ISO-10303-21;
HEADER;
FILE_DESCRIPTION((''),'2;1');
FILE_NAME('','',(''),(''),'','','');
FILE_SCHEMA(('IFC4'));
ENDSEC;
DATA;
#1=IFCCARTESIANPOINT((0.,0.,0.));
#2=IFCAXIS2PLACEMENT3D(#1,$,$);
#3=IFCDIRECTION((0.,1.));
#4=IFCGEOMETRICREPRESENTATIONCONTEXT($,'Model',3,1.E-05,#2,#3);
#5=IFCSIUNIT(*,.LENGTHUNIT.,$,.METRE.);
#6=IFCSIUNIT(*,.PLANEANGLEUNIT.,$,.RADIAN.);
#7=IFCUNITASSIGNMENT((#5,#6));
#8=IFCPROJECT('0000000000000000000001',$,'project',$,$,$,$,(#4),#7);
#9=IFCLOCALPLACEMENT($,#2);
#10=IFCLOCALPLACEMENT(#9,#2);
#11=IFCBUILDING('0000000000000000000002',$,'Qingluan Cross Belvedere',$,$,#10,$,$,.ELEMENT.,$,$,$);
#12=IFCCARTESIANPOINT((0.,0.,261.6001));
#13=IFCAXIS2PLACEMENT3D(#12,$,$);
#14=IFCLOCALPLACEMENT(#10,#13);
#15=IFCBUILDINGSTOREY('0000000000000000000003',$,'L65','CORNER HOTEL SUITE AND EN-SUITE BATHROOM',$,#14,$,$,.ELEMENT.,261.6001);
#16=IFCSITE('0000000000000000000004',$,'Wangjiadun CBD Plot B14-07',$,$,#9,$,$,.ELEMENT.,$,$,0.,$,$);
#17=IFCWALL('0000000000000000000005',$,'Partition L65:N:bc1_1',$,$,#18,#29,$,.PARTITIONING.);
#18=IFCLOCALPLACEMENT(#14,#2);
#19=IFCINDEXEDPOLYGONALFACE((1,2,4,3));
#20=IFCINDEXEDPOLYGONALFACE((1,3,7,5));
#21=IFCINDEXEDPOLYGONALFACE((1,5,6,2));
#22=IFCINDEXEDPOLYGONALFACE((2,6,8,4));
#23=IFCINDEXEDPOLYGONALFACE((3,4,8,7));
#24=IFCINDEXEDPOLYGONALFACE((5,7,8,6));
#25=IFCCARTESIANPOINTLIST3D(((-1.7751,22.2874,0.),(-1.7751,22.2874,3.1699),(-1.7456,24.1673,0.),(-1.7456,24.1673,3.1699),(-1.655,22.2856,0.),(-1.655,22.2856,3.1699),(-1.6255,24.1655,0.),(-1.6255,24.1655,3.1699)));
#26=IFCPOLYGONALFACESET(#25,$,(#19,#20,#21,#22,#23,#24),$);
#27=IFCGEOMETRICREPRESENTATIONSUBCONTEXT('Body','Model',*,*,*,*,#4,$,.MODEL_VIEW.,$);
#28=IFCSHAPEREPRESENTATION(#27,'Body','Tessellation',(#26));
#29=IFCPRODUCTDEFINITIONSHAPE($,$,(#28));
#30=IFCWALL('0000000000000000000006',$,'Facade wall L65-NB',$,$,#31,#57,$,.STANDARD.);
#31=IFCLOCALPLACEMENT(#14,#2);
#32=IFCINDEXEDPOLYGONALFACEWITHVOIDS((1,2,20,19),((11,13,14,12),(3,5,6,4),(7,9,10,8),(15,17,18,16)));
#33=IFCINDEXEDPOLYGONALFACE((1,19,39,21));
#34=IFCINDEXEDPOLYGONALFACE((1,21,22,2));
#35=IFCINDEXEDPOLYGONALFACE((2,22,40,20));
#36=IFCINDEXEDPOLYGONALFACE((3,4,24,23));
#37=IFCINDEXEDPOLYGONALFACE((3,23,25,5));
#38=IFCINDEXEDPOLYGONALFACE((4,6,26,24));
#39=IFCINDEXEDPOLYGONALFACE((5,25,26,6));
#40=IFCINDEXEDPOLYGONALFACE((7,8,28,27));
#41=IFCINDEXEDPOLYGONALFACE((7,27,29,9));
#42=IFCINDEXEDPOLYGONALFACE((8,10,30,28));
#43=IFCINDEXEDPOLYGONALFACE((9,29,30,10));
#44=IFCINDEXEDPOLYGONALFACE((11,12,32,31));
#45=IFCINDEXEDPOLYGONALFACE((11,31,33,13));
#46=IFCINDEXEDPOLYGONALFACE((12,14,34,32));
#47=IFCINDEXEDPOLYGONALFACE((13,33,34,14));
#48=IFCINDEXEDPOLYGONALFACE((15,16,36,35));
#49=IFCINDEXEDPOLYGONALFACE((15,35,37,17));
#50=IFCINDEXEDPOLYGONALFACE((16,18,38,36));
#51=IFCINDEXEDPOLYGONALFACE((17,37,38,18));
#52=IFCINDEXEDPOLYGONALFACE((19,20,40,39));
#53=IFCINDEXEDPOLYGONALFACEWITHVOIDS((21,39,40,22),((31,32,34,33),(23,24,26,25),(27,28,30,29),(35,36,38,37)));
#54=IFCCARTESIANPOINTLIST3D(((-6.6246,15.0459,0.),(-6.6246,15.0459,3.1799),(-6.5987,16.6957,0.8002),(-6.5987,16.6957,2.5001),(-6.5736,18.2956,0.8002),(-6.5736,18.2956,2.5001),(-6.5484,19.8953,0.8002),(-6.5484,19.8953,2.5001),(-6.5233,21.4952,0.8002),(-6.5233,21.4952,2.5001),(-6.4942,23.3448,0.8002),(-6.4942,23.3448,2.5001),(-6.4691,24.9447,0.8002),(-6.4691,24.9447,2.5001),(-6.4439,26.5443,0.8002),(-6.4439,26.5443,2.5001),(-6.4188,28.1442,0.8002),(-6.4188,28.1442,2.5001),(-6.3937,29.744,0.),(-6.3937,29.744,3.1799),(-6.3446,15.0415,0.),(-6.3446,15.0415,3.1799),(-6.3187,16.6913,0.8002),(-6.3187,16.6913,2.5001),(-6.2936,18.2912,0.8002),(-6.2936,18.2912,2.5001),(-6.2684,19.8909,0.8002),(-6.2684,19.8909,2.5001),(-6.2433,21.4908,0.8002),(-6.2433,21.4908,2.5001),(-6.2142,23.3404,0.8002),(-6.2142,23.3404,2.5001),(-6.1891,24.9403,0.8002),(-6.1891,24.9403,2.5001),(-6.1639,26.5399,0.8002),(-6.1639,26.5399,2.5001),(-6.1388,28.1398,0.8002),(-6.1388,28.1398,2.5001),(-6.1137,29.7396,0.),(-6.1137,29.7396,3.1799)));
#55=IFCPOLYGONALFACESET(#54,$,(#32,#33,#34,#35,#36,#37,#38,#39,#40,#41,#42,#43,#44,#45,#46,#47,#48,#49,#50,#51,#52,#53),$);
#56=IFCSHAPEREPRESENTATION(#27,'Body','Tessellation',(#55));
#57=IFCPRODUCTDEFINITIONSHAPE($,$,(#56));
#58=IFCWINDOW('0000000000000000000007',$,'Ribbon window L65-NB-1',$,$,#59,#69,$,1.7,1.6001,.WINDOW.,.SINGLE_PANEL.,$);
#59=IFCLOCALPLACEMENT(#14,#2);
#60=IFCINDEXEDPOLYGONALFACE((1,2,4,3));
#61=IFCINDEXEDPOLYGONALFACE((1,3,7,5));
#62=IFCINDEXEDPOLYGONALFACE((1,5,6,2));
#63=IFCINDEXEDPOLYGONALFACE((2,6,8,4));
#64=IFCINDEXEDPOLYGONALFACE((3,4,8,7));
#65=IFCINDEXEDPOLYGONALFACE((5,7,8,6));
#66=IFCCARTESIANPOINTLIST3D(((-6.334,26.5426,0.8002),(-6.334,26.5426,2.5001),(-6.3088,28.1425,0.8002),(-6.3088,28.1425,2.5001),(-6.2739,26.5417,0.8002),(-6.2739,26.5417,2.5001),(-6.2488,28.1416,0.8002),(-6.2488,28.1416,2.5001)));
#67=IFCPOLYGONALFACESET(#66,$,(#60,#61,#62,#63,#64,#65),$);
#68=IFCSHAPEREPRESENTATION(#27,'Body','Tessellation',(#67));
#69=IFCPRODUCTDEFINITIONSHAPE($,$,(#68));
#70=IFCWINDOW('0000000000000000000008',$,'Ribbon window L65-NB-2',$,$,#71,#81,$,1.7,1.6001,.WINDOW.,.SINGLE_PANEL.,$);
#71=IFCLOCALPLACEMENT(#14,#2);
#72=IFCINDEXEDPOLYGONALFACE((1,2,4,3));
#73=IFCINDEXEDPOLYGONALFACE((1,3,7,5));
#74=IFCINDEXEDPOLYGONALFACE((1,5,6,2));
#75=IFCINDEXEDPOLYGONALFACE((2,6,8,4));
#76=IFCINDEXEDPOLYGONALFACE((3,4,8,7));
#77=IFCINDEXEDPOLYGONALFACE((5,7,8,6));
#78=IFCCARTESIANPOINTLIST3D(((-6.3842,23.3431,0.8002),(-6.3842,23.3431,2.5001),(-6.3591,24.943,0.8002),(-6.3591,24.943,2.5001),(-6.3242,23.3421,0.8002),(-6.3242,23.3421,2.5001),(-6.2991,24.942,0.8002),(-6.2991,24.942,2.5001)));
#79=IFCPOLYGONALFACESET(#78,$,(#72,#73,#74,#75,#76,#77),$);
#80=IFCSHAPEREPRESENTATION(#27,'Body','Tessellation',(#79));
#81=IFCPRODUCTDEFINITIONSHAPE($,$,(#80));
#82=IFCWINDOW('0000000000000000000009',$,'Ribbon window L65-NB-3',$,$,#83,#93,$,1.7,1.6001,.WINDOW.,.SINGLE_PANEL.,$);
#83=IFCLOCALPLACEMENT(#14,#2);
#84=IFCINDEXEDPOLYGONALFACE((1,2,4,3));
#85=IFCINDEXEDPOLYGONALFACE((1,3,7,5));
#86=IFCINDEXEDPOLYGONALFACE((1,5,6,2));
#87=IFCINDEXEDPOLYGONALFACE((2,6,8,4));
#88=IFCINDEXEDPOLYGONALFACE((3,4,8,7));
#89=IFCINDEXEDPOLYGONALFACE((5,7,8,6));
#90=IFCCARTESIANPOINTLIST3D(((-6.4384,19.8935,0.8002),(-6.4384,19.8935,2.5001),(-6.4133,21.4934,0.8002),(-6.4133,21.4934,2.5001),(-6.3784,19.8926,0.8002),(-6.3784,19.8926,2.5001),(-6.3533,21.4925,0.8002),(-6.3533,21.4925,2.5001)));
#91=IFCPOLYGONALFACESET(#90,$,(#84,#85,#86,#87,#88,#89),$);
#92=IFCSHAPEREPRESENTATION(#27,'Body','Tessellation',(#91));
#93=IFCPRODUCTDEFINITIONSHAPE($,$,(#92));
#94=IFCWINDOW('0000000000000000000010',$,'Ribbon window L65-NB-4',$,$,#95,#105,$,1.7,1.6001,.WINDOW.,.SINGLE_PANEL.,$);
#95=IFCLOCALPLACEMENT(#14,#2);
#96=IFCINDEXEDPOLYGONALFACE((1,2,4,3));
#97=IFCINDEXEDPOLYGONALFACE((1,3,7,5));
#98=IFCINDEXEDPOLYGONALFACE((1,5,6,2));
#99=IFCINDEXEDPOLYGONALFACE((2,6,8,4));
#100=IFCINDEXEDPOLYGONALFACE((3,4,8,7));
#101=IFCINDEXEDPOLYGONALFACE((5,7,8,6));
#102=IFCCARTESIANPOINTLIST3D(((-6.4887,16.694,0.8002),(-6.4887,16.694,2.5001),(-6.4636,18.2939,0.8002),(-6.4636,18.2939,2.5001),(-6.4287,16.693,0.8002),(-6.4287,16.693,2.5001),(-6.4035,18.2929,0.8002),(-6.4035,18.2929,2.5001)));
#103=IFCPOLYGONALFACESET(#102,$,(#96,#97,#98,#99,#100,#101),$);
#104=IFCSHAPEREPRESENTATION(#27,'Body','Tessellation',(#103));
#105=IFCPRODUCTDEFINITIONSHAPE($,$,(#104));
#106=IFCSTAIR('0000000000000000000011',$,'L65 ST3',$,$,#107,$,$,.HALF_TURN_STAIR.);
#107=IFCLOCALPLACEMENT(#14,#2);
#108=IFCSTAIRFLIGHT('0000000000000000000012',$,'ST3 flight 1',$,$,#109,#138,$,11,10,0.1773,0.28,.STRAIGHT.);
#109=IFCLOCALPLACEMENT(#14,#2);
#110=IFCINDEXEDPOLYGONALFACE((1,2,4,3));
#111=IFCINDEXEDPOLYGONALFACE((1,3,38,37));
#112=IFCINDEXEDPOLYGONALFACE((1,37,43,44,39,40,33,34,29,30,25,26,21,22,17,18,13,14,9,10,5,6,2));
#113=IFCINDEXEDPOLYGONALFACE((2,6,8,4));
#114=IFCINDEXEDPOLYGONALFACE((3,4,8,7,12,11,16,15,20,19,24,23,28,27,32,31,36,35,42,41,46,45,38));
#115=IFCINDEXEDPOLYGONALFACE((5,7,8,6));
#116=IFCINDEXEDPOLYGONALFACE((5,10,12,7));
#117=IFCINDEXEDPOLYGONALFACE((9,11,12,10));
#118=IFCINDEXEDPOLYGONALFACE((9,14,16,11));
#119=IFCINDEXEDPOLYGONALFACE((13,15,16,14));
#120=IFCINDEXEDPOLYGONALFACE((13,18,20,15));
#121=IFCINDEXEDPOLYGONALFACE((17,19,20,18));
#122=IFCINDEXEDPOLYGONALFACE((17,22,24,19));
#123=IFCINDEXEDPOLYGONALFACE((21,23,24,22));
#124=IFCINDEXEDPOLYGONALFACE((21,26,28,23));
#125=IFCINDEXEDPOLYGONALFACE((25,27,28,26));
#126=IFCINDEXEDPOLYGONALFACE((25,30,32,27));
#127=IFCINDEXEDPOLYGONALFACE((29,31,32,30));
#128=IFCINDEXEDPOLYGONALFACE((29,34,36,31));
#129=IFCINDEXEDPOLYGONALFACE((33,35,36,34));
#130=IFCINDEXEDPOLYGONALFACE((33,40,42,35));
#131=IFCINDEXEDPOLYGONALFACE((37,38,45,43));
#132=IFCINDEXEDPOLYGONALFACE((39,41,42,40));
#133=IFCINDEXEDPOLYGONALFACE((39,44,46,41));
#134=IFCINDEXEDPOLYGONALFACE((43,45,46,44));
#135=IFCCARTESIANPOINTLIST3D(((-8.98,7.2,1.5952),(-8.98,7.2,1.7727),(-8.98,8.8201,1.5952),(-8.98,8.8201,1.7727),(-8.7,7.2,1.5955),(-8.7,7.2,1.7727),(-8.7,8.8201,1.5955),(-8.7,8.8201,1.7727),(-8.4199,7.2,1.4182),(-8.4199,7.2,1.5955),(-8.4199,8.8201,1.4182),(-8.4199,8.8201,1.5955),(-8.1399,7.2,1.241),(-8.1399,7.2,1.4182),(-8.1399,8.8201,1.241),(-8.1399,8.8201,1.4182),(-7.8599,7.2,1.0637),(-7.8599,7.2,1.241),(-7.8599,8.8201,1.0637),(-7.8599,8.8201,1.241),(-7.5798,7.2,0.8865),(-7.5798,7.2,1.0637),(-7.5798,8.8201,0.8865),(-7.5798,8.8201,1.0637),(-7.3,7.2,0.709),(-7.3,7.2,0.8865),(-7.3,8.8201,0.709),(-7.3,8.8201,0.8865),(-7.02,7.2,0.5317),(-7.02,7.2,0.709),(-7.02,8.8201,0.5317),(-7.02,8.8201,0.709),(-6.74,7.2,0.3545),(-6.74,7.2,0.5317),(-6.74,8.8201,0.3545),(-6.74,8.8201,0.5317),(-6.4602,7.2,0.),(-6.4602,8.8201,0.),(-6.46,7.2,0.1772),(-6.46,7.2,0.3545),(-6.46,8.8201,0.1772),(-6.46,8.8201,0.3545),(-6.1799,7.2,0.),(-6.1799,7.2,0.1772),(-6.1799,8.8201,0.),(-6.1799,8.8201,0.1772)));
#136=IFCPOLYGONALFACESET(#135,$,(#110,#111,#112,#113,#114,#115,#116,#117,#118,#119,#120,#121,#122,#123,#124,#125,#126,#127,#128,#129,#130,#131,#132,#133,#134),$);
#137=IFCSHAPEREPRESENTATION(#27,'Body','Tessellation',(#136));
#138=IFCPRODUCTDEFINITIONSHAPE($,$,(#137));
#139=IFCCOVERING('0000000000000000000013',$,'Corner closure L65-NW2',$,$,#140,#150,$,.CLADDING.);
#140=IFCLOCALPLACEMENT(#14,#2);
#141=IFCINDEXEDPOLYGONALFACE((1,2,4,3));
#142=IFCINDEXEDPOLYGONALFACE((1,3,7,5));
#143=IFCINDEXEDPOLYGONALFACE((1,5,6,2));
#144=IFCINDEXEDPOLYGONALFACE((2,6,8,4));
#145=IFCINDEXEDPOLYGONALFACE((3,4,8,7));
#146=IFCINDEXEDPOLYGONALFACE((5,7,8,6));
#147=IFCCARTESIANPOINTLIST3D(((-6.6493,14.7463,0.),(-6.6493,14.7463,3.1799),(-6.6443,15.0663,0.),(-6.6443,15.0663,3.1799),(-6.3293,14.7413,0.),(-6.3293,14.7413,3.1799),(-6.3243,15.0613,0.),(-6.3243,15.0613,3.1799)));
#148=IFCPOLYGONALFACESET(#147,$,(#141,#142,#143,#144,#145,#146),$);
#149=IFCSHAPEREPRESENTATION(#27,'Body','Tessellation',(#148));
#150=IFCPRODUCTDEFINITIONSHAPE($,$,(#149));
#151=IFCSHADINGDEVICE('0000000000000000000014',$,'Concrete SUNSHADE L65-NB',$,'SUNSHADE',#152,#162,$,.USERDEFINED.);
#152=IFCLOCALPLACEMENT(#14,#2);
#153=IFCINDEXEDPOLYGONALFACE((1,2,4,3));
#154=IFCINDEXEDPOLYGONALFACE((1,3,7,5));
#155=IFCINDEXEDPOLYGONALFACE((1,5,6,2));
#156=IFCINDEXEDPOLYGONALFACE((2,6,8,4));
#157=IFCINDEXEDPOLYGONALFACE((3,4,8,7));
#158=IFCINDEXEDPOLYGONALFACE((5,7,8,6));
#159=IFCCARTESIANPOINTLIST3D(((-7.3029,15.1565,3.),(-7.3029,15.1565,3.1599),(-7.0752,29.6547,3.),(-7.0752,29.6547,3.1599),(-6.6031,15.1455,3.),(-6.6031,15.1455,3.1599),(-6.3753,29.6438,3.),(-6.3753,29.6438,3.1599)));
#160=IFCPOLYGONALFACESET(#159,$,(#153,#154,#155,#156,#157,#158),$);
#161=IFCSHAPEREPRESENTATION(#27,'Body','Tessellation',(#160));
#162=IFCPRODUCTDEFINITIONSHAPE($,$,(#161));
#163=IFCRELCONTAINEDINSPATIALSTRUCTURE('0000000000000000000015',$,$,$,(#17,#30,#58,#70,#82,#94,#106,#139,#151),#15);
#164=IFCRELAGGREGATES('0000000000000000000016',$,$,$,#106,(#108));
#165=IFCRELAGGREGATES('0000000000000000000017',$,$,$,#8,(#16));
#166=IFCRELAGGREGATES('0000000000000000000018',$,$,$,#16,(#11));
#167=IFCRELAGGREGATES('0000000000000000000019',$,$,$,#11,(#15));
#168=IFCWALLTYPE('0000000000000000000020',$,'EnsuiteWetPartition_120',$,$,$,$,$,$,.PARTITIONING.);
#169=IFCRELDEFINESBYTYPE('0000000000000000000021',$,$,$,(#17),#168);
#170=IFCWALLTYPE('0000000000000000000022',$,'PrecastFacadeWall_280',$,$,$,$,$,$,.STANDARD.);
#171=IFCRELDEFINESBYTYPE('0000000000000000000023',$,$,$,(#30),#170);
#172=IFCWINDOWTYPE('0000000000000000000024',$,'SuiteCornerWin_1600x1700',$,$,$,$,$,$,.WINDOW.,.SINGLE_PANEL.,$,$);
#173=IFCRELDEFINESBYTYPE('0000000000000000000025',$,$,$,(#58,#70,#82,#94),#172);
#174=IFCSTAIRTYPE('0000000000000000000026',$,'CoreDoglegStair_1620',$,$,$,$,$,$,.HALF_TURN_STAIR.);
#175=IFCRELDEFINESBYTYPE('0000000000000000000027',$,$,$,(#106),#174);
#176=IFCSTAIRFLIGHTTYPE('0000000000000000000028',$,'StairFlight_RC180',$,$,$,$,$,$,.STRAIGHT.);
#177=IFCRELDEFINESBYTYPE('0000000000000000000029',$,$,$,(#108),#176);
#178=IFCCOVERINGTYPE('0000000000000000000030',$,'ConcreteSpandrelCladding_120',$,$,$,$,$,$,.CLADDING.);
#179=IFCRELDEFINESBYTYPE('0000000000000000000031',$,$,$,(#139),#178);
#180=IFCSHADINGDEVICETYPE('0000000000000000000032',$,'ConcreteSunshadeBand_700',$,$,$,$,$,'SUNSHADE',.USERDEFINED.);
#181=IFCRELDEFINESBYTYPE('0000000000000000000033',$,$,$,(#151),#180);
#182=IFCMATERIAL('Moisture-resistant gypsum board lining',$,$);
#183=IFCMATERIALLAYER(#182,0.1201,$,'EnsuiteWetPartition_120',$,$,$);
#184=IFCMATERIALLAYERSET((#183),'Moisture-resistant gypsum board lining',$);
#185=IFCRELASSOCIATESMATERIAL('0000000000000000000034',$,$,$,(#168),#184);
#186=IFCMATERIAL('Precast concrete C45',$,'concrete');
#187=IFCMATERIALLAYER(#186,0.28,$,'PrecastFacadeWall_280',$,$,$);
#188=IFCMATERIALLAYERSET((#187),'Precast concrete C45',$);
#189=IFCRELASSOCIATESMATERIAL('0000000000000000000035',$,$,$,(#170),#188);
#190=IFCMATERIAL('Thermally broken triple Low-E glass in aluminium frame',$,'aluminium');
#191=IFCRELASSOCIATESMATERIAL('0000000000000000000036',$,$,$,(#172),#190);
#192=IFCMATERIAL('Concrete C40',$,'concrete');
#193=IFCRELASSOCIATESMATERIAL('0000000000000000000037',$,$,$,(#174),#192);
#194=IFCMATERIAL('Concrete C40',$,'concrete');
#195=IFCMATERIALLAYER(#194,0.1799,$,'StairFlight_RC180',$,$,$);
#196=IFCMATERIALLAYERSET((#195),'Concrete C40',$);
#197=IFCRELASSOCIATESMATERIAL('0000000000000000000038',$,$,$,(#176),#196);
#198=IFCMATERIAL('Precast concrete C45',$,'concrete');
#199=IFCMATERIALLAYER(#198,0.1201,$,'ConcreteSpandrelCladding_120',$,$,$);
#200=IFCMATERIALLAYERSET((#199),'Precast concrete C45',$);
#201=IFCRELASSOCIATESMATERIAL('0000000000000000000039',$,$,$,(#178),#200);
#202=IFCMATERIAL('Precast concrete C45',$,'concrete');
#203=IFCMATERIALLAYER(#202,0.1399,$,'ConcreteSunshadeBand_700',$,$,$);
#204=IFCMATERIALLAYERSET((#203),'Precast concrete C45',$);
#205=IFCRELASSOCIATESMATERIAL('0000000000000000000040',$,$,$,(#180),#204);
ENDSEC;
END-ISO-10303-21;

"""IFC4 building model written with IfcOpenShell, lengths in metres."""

from ifc_helpers import new_model, si_unit, direction, frame, frame_2d, origin, origin_2d, place, context, subcontext, project, spatial, polyline, rectangle, outline, extrude, material, layer, layer_set, type_object, element, fill, aggregate, save


model = new_model("IFC4")

# Units and contexts
model_context = context("Model", 3, precision=1e-05, world=origin(), true_north=direction((0.0, 1.0)))
body_context = subcontext(model_context, "Body", "Model", "MODEL_VIEW")
ifc_project = project(units=[si_unit("LENGTHUNIT", "METRE"), si_unit("PLANEANGLEUNIT", "RADIAN")], contexts=[model_context])

# Site, building, storey
site_placement = place(None, origin())
site = spatial("IfcSite", under=ifc_project, at=site_placement, Name="Wangjiadun CBD Plot B14-07", CompositionType="ELEMENT", RefElevation=0.0)
building_placement = place(site_placement, origin())
building = spatial("IfcBuilding", under=site, at=building_placement, Name="Qingluan Cross Belvedere", CompositionType="ELEMENT")
storey_placement = place(building_placement, frame((0.0, 0.0, 261.6001)))
storey = spatial("IfcBuildingStorey", under=building, at=storey_placement, Name="L65", Description="CORNER HOTEL SUITE AND EN-SUITE BATHROOM", CompositionType="ELEMENT", Elevation=261.6001)

# Shared definitions
ifc_material_1 = material(Name="Moisture-resistant gypsum board lining")
ifc_layer_1 = layer(ifc_material_1, 0.1201, Name="EnsuiteWetPartition_120")
ifc_layer_set_1 = layer_set([ifc_layer_1], Name="Moisture-resistant gypsum board lining")
wall_type_1 = type_object("IfcWallType", Name="EnsuiteWetPartition_120", PredefinedType="PARTITIONING", material=ifc_layer_set_1)

# Wall
wall_1_placement = place(storey_placement, frame((-1.7151, 22.2866, 0.0), z_axis=(0.0, 0.0, 1.0), x_axis=(0.015712, 0.999877, 0.0)))
element("IfcWall", 1, at=wall_1_placement, inside=storey, type_object=wall_type_1, Name="Partition L65:N:bc1_1", PredefinedType="PARTITIONING", context=body_context, shape_type="SweptSolid", body=[
    extrude(rectangle(XDim=1.8801, YDim=0.1201, at=frame_2d((0.9399, 0.0))), origin(), (0.0, 0.0, 1.0), 3.1699),
])

# Wall, openings, windows
ifc_material_2 = material(Name="Precast concrete C45", Category="concrete")
ifc_layer_2 = layer(ifc_material_2, 0.28, Name="PrecastFacadeWall_280")
ifc_layer_set_2 = layer_set([ifc_layer_2], Name="Precast concrete C45")
wall_type_2 = type_object("IfcWallType", Name="PrecastFacadeWall_280", PredefinedType="STANDARD", material=ifc_layer_set_2)
wall_2_placement = place(storey_placement, frame((-6.2537, 29.7419, 0.0), z_axis=(0.0, 0.0, 1.0), x_axis=(-0.015711, -0.999877, 0.0)))
wall_2 = element("IfcWall", 2, at=wall_2_placement, inside=storey, type_object=wall_type_2, Name="Facade wall L65-NB", PredefinedType="STANDARD", context=body_context, shape_type="SweptSolid", body=[
    extrude(rectangle(XDim=14.7, YDim=0.28, at=frame_2d((7.3501, 0.0))), origin(), (0.0, 0.0, 1.0), 3.1799),
])
opening_1_placement = place(wall_2_placement, frame((1.6001, 0.0, 0.8)))
opening_1 = element("IfcOpeningElement", 3, at=opening_1_placement, cuts=wall_2, PredefinedType="OPENING", context=body_context, shape_type="SweptSolid", body=[
    extrude(rectangle(XDim=1.6001, YDim=1.7, at=frame_2d((0.8, 0.8501))), frame((0.0, 0.1499, 0.0), z_axis=(0.0, -1.0, 0.0), x_axis=(1.0, 0.0, 0.0)), (0.0, 0.0, 1.0), 0.3),
])
opening_2_placement = place(wall_2_placement, frame((4.8, 0.0, 0.8)))
opening_2 = element("IfcOpeningElement", 4, at=opening_2_placement, cuts=wall_2, PredefinedType="OPENING", context=body_context, shape_type="SweptSolid", body=[
    extrude(rectangle(XDim=1.6001, YDim=1.7, at=frame_2d((0.8, 0.8501))), frame((0.0, 0.1499, 0.0), z_axis=(0.0, -1.0, 0.0), x_axis=(1.0, 0.0, 0.0)), (0.0, 0.0, 1.0), 0.3),
])
opening_3_placement = place(wall_2_placement, frame((8.25, 0.0, 0.8)))
opening_3 = element("IfcOpeningElement", 5, at=opening_3_placement, cuts=wall_2, PredefinedType="OPENING", context=body_context, shape_type="SweptSolid", body=[
    extrude(rectangle(XDim=1.6001, YDim=1.7, at=frame_2d((0.8, 0.8501))), frame((0.0, 0.1499, 0.0), z_axis=(0.0, -1.0, 0.0), x_axis=(1.0, 0.0, 0.0)), (0.0, 0.0, 1.0), 0.3),
])
opening_4_placement = place(wall_2_placement, frame((11.45, 0.0, 0.8)))
opening_4 = element("IfcOpeningElement", 6, at=opening_4_placement, cuts=wall_2, PredefinedType="OPENING", context=body_context, shape_type="SweptSolid", body=[
    extrude(rectangle(XDim=1.6001, YDim=1.7, at=frame_2d((0.8, 0.8501))), frame((0.0, 0.1499, 0.0), z_axis=(0.0, -1.0, 0.0), x_axis=(1.0, 0.0, 0.0)), (0.0, 0.0, 1.0), 0.3),
])
ifc_material_3 = material(Name="Thermally broken triple Low-E glass in aluminium frame", Category="aluminium")
window_type = type_object("IfcWindowType", Name="SuiteCornerWin_1600x1700", PartitioningType="SINGLE_PANEL", PredefinedType="WINDOW", material=ifc_material_3)
window_1_placement = place(opening_1_placement, origin())
window_1 = element("IfcWindow", 7, at=window_1_placement, inside=storey, type_object=window_type, Name="Ribbon window L65-NB-1", OverallHeight=1.7, OverallWidth=1.6001, PartitioningType="SINGLE_PANEL", PredefinedType="WINDOW", context=body_context, shape_type="SweptSolid", body=[
    extrude(rectangle(XDim=1.6001, YDim=1.7, at=frame_2d((0.8, 0.8501))), frame((0.0, 0.03, 0.0), z_axis=(0.0, -1.0, 0.0), x_axis=(1.0, 0.0, 0.0)), (0.0, 0.0, 1.0), 0.0601),
])
fill(opening_1, window_1)
window_2_placement = place(opening_2_placement, origin())
window_2 = element("IfcWindow", 8, at=window_2_placement, inside=storey, type_object=window_type, Name="Ribbon window L65-NB-2", OverallHeight=1.7, OverallWidth=1.6001, PartitioningType="SINGLE_PANEL", PredefinedType="WINDOW", context=body_context, shape_type="SweptSolid", body=[
    extrude(rectangle(XDim=1.6001, YDim=1.7, at=frame_2d((0.8, 0.8501))), frame((0.0, 0.03, 0.0), z_axis=(0.0, -1.0, 0.0), x_axis=(1.0, 0.0, 0.0)), (0.0, 0.0, 1.0), 0.0601),
])
fill(opening_2, window_2)
window_3_placement = place(opening_3_placement, origin())
window_3 = element("IfcWindow", 9, at=window_3_placement, inside=storey, type_object=window_type, Name="Ribbon window L65-NB-3", OverallHeight=1.7, OverallWidth=1.6001, PartitioningType="SINGLE_PANEL", PredefinedType="WINDOW", context=body_context, shape_type="SweptSolid", body=[
    extrude(rectangle(XDim=1.6001, YDim=1.7, at=frame_2d((0.8, 0.8501))), frame((0.0, 0.03, 0.0), z_axis=(0.0, -1.0, 0.0), x_axis=(1.0, 0.0, 0.0)), (0.0, 0.0, 1.0), 0.0601),
])
fill(opening_3, window_3)
window_4_placement = place(opening_4_placement, origin())
window_4 = element("IfcWindow", 10, at=window_4_placement, inside=storey, type_object=window_type, Name="Ribbon window L65-NB-4", OverallHeight=1.7, OverallWidth=1.6001, PartitioningType="SINGLE_PANEL", PredefinedType="WINDOW", context=body_context, shape_type="SweptSolid", body=[
    extrude(rectangle(XDim=1.6001, YDim=1.7, at=frame_2d((0.8, 0.8501))), frame((0.0, 0.03, 0.0), z_axis=(0.0, -1.0, 0.0), x_axis=(1.0, 0.0, 0.0)), (0.0, 0.0, 1.0), 0.0601),
])
fill(opening_4, window_4)

# Stair, stair flight
ifc_material_4 = material(Name="Concrete C40", Category="concrete")
stair_type = type_object("IfcStairType", Name="CoreDoglegStair_1620", PredefinedType="HALF_TURN_STAIR", material=ifc_material_4)
stair_placement = place(storey_placement, origin())
stair = element("IfcStair", 11, at=stair_placement, inside=storey, type_object=stair_type, Name="L65 ST3", PredefinedType="HALF_TURN_STAIR")
ifc_material_5 = material(Name="Concrete C40", Category="concrete")
ifc_layer_3 = layer(ifc_material_5, 0.1799, Name="StairFlight_RC180")
ifc_layer_set_3 = layer_set([ifc_layer_3], Name="Concrete C40")
stair_flight_type = type_object("IfcStairFlightType", Name="StairFlight_RC180", PredefinedType="STRAIGHT", material=ifc_layer_set_3)
stair_flight_placement = place(storey_placement, frame((-6.1799, 8.01, 0.0), z_axis=(0.0, 0.0, 1.0), x_axis=(-1.0, 0.0, 0.0)))
stair_flight = element("IfcStairFlight", 12, at=stair_flight_placement, type_object=stair_flight_type, Name="ST3 flight 1", NumberOfRisers=11, NumberOfTreads=10, PredefinedType="STRAIGHT", RiserHeight=0.1773, TreadLength=0.28, context=body_context, shape_type="SweptSolid", body=[
    extrude(outline(polyline([(0.0, 0.0), (0.0, 0.1772), (0.28, 0.1772), (0.28, 0.3545), (0.5601, 0.3545), (0.5601, 0.5317), (0.8401, 0.5317), (0.8401, 0.709), (1.1201, 0.709), (1.1201, 0.8865), (1.3999, 0.8865), (1.3999, 1.0637), (1.6799, 1.0637), (1.6799, 1.241), (1.96, 1.241), (1.96, 1.4182), (2.24, 1.4182), (2.24, 1.5955), (2.52, 1.5955), (2.52, 1.7727), (2.8, 1.7727), (2.8, 1.95), (2.8, 1.5952), (0.2803, 0.0), (0.0, 0.0)])), frame((0.0, 0.8101, 0.0), z_axis=(0.0, -1.0, 0.0), x_axis=(1.0, 0.0, 0.0)), (0.0, 0.0, 1.0), 1.6201),
])
aggregate(stair, [stair_flight])

# Covering
ifc_material_6 = material(Name="Precast concrete C45", Category="concrete")
ifc_layer_4 = layer(ifc_material_6, 0.1201, Name="ConcreteSpandrelCladding_120")
ifc_layer_set_4 = layer_set([ifc_layer_4], Name="Precast concrete C45")
covering_type = type_object("IfcCoveringType", Name="ConcreteSpandrelCladding_120", PredefinedType="CLADDING", material=ifc_layer_set_4)
covering_placement = place(storey_placement, frame((-6.4868, 14.9038, 0.0), z_axis=(0.0, 0.0, 1.0), x_axis=(0.999877, -0.015707, 0.0)))
element("IfcCovering", 13, at=covering_placement, inside=storey, type_object=covering_type, Name="Corner closure L65-NW2", PredefinedType="CLADDING", context=body_context, shape_type="SweptSolid", body=[
    extrude(rectangle(XDim=0.3201, YDim=0.3201, at=origin_2d()), origin(), (0.0, 0.0, 1.0), 3.1799),
])

# Shading device
ifc_material_7 = material(Name="Precast concrete C45", Category="concrete")
ifc_layer_5 = layer(ifc_material_7, 0.1399, Name="ConcreteSunshadeBand_700")
ifc_layer_set_5 = layer_set([ifc_layer_5], Name="Precast concrete C45")
shading_device_type = type_object("IfcShadingDeviceType", Name="ConcreteSunshadeBand_700", ElementType="SUNSHADE", PredefinedType="USERDEFINED", material=ifc_layer_set_5)
shading_device_placement = place(storey_placement, frame((-6.8391, 22.4001, 3.0), z_axis=(0.0, 0.0, 1.0), x_axis=(-0.015707, -0.999877, 0.0)))
element("IfcShadingDevice", 14, at=shading_device_placement, inside=storey, type_object=shading_device_type, Name="Concrete SUNSHADE L65-NB", ObjectType="SUNSHADE", PredefinedType="USERDEFINED", context=body_context, shape_type="SweptSolid", body=[
    extrude(rectangle(XDim=14.5, YDim=0.7, at=origin_2d()), origin(), (0.0, 0.0, 1.0), 0.1599),
])

save(model, "model.ifc")
